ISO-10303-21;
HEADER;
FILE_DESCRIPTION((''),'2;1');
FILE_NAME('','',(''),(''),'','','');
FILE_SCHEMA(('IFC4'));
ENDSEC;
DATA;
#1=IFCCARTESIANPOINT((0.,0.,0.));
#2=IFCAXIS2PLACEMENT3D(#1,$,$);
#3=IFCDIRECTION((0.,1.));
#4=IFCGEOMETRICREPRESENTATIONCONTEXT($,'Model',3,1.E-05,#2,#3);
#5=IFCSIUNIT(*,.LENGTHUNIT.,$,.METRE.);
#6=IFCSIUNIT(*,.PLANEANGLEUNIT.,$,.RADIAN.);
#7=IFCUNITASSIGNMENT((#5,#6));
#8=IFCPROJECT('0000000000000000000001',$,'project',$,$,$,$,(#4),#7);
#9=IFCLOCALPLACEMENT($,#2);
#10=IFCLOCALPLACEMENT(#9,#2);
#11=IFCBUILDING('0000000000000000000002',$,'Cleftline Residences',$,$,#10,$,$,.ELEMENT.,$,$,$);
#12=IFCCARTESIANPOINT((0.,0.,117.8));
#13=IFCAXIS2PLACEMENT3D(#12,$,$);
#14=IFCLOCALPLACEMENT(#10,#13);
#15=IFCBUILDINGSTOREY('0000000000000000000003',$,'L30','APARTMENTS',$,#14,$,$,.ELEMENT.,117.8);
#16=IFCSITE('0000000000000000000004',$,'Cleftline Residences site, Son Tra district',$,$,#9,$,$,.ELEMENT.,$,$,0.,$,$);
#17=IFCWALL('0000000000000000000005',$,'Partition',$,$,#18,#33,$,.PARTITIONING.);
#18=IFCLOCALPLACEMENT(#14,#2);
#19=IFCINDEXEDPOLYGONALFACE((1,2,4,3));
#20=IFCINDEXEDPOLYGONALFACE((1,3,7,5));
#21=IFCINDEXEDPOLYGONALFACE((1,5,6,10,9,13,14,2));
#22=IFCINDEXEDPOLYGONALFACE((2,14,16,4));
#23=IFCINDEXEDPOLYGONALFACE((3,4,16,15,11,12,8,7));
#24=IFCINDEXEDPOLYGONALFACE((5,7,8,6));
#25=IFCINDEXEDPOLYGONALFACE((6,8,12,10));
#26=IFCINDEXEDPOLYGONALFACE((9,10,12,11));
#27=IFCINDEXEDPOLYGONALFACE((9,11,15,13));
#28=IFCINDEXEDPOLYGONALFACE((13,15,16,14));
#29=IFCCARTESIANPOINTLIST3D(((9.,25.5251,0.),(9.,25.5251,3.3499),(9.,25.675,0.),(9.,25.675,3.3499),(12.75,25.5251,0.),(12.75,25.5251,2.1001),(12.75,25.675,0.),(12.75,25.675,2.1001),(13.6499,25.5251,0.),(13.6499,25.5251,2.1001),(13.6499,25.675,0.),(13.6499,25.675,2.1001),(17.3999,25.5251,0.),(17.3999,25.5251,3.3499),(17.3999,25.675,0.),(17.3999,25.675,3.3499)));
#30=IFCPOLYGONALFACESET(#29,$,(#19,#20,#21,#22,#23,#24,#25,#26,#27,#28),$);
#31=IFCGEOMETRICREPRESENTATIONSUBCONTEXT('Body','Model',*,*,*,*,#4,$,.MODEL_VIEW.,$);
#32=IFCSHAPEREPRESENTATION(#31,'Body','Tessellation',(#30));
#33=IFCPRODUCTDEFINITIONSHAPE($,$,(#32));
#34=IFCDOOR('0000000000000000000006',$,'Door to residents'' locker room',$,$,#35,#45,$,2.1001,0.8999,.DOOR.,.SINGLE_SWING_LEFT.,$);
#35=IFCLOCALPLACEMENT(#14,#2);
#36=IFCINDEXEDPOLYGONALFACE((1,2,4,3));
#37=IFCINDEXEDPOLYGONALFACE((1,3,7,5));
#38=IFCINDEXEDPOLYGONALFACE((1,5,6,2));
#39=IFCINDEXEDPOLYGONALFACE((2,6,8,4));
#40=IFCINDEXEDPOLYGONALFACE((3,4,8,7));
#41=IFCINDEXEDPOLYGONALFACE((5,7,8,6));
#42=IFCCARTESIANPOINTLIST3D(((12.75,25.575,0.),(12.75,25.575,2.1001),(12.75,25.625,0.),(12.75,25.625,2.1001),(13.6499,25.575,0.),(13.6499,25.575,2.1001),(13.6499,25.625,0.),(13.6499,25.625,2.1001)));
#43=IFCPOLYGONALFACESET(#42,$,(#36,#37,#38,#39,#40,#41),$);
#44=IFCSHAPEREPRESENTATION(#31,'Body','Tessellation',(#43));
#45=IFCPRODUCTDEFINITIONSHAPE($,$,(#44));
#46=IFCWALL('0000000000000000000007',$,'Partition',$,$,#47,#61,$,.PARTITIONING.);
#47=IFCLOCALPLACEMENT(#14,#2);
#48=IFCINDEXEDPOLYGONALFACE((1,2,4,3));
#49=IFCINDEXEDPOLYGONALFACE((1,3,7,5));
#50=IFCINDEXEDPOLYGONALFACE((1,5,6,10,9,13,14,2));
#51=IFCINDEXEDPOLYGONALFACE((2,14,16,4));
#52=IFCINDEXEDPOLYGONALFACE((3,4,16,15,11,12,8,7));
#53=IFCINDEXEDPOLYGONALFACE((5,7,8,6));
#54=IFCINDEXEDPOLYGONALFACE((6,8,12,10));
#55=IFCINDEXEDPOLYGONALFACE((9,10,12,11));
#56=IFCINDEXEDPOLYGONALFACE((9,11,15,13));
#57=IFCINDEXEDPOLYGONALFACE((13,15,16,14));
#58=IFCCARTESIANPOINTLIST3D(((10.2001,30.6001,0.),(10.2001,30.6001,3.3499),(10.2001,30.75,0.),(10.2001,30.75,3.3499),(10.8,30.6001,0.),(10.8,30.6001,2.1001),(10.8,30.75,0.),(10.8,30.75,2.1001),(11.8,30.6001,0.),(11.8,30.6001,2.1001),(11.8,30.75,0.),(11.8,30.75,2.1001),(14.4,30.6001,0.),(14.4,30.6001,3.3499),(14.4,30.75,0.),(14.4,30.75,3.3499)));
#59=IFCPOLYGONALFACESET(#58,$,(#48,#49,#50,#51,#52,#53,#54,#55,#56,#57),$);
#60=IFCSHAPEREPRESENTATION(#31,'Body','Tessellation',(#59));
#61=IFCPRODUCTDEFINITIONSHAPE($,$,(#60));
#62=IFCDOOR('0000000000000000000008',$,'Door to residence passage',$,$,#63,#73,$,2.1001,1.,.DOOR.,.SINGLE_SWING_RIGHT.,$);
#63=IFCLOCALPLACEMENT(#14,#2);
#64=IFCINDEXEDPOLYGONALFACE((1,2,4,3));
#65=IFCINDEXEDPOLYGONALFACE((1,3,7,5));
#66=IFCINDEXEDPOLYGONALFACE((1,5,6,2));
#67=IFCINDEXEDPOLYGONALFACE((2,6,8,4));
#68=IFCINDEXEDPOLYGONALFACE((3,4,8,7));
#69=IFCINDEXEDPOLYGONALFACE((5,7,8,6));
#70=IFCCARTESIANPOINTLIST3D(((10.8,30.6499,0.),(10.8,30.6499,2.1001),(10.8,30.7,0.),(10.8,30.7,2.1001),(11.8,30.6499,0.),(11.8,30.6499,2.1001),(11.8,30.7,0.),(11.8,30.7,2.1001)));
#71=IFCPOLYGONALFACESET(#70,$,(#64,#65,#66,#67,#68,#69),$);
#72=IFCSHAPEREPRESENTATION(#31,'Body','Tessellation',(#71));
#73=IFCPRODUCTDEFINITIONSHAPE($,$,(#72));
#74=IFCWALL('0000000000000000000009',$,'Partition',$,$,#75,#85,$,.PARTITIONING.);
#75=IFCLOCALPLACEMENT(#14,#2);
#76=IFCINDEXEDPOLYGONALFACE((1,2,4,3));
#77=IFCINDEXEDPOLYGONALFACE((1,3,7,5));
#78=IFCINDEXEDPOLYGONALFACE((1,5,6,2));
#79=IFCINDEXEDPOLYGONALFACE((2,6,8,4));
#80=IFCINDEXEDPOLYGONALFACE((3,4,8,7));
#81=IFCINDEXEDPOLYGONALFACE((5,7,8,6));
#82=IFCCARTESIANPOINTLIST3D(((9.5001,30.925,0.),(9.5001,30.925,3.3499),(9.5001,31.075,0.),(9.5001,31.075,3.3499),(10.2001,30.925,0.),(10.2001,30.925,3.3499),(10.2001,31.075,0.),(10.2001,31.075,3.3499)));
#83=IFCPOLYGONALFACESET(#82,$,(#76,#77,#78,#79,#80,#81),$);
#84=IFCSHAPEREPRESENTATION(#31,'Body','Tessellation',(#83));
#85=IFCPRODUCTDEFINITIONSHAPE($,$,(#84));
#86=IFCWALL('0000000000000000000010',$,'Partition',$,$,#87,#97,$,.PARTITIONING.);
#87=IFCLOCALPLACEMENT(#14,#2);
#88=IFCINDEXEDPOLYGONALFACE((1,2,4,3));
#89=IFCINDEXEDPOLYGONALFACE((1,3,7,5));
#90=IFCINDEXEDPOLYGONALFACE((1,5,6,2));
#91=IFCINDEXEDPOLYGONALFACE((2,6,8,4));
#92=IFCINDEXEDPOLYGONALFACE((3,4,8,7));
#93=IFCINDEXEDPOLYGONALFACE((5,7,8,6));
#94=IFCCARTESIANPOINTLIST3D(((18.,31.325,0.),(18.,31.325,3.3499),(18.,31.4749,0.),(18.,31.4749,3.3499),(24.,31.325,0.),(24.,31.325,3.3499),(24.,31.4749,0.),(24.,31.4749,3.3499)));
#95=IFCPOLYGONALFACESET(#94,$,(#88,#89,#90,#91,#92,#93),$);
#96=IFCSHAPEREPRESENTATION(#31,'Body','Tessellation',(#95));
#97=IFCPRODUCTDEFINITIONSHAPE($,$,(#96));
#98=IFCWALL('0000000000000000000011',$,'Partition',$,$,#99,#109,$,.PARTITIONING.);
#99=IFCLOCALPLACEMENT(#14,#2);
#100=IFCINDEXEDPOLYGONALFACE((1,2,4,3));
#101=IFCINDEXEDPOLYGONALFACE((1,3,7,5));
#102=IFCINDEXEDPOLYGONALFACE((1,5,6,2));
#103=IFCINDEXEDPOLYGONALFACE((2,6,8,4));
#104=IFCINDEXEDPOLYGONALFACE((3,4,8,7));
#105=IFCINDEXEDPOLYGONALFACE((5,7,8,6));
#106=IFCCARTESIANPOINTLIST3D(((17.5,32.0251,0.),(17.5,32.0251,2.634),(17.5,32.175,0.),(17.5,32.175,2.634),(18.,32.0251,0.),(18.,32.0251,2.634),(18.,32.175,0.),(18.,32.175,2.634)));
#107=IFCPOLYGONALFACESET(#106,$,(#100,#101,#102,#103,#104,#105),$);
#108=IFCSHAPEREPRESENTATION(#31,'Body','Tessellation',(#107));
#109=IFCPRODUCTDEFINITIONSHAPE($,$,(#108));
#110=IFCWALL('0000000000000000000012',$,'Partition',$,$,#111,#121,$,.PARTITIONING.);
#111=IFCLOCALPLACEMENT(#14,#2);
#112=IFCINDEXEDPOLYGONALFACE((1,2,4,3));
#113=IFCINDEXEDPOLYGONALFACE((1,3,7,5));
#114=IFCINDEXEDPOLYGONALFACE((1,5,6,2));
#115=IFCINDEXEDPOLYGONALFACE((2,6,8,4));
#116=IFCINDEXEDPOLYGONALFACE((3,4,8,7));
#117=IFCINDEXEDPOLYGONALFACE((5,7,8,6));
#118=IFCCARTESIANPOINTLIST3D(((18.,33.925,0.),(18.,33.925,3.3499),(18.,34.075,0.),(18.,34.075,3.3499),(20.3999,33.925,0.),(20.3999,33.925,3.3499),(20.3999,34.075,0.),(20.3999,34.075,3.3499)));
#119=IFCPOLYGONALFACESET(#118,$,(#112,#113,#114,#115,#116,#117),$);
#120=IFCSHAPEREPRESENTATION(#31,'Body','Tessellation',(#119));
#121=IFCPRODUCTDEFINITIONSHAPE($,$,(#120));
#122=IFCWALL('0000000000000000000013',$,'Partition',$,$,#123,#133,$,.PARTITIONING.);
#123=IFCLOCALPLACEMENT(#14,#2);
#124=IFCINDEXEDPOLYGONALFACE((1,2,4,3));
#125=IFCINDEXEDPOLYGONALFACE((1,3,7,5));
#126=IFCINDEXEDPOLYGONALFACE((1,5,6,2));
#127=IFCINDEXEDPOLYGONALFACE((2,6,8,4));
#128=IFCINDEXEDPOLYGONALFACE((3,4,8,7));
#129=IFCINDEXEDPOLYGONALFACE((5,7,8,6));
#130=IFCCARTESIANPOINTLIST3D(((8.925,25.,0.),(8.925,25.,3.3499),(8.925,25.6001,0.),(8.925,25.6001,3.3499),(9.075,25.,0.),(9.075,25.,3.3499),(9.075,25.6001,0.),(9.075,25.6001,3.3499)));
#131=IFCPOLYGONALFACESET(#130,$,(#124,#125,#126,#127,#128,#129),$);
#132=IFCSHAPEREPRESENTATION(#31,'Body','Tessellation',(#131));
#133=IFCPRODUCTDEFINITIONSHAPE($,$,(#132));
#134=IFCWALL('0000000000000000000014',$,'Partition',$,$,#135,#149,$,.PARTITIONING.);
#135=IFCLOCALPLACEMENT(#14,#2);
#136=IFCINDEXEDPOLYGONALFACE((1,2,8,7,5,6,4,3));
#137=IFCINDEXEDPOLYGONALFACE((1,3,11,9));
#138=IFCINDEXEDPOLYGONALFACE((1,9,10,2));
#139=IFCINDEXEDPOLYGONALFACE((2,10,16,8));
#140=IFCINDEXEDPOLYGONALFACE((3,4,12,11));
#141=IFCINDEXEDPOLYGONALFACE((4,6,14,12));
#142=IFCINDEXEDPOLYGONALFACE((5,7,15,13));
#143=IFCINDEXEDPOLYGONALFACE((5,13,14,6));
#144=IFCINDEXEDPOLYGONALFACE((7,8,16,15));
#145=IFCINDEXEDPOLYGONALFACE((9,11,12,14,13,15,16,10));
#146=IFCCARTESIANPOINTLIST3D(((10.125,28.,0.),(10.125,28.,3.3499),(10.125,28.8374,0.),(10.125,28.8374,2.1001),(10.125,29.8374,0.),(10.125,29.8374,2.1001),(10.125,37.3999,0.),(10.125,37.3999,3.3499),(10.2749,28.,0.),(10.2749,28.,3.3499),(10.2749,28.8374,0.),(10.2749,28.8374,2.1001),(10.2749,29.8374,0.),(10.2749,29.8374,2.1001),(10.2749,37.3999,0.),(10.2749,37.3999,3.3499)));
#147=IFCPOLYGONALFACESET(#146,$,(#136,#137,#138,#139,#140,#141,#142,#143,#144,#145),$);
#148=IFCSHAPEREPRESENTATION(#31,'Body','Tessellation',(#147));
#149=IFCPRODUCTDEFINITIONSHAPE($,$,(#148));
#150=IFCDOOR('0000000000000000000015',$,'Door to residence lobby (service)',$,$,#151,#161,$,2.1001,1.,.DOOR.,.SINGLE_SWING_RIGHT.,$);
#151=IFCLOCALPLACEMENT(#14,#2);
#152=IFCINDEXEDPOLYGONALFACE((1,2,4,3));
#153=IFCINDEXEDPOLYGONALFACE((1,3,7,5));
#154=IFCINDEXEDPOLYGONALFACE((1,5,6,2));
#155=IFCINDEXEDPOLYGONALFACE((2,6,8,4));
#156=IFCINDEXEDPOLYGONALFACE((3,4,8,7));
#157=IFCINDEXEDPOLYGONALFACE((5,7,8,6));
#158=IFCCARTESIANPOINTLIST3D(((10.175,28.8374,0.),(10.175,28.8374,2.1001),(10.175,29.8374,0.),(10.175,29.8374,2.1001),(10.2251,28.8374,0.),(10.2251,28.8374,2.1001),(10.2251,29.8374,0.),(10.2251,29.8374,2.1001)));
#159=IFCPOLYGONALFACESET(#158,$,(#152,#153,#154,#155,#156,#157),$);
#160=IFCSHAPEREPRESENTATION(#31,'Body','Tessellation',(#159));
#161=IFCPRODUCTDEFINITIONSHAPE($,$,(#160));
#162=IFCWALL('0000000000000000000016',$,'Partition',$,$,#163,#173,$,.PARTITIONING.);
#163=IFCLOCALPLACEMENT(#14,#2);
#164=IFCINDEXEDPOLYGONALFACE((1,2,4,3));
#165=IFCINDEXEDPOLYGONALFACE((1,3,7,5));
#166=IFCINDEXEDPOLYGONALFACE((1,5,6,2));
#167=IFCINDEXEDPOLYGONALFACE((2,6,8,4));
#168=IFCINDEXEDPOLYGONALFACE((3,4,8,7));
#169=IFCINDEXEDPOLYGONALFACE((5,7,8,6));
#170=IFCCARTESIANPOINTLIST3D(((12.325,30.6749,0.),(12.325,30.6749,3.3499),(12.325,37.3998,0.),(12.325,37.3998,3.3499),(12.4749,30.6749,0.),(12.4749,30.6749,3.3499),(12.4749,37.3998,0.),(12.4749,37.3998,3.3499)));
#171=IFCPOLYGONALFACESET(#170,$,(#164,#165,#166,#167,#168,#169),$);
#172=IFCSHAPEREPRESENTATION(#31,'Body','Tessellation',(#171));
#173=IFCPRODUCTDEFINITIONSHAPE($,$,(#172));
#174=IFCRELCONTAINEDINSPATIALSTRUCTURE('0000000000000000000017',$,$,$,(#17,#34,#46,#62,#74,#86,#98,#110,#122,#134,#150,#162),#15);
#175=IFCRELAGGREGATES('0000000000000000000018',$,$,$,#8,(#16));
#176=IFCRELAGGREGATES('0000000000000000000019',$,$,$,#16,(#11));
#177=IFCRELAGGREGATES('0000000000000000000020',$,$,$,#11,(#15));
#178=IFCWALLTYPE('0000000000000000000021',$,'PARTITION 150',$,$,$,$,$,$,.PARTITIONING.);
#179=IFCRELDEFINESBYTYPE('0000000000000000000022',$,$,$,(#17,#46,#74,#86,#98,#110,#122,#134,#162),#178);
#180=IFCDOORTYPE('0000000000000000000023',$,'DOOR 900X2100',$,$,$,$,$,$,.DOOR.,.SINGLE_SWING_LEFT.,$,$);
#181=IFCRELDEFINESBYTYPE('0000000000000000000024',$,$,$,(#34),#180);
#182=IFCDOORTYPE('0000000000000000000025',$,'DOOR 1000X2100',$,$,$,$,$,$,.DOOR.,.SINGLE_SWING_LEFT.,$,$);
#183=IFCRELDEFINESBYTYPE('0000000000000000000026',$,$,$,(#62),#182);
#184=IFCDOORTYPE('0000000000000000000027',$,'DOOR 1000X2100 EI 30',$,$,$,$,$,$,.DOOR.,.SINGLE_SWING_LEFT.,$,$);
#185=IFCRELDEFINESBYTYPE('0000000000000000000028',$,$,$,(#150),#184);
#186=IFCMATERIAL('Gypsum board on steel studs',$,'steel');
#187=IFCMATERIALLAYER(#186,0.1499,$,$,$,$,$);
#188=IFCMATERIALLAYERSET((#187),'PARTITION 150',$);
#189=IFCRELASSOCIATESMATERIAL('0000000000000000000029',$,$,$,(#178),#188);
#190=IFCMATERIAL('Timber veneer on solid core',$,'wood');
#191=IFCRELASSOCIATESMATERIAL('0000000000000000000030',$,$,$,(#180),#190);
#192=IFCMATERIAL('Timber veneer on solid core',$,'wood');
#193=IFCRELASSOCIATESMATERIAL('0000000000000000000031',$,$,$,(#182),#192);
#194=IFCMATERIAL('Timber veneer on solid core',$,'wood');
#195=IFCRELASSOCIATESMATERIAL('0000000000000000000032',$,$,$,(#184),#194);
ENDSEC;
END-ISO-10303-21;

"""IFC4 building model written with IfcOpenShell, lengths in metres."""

from ifc_helpers import new_model, si_unit, direction, frame, frame_2d, origin, place, context, subcontext, project, spatial, rectangle, extrude, material, layer, layer_set, type_object, element, fill, save


model = new_model("IFC4")

# Units and contexts
model_context = context("Model", 3, precision=1e-05, world=origin(), true_north=direction((0.0, 1.0)))
body_context = subcontext(model_context, "Body", "Model", "MODEL_VIEW")
ifc_project = project(units=[si_unit("LENGTHUNIT", "METRE"), si_unit("PLANEANGLEUNIT", "RADIAN")], contexts=[model_context])

# Site, building, storey
site_placement = place(None, origin())
site = spatial("IfcSite", under=ifc_project, at=site_placement, Name="Cleftline Residences site, Son Tra district", CompositionType="ELEMENT", RefElevation=0.0)
building_placement = place(site_placement, origin())
building = spatial("IfcBuilding", under=site, at=building_placement, Name="Cleftline Residences", CompositionType="ELEMENT")
storey_placement = place(building_placement, frame((0.0, 0.0, 117.8)))
storey = spatial("IfcBuildingStorey", under=building, at=storey_placement, Name="L30", Description="APARTMENTS", CompositionType="ELEMENT", Elevation=117.8)

# Walls, openings, doors
ifc_material_1 = material(Name="Gypsum board on steel studs", Category="steel")
ifc_layer_1 = layer(ifc_material_1, 0.1499)
ifc_layer_set_1 = layer_set([ifc_layer_1], Name="PARTITION 150")
wall_type_1 = type_object("IfcWallType", Name="PARTITION 150", PredefinedType="PARTITIONING", material=ifc_layer_set_1)
wall_1_placement = place(storey_placement, frame((9.0, 25.6001, 0.0), z_axis=(0.0, 0.0, 1.0), x_axis=(1.0, 0.0, 0.0)))
wall_1 = element("IfcWall", 1, at=wall_1_placement, inside=storey, type_object=wall_type_1, Name="Partition", PredefinedType="PARTITIONING", context=body_context, shape_type="SweptSolid", body=[
    extrude(rectangle(XDim=8.3999, YDim=0.1499, at=frame_2d((4.2, 0.0))), origin(), (0.0, 0.0, 1.0), 3.3499),
])
opening_1_placement = place(wall_1_placement, frame((3.75, 0.0, 0.0)))
opening_1 = element("IfcOpeningElement", 2, at=opening_1_placement, cuts=wall_1, PredefinedType="OPENING", context=body_context, shape_type="SweptSolid", body=[
    extrude(rectangle(XDim=0.8999, YDim=2.1001, at=frame_2d((0.45, 1.05))), frame((0.0, 0.085, 0.0), z_axis=(0.0, -1.0, 0.0), x_axis=(1.0, 0.0, 0.0)), (0.0, 0.0, 1.0), 0.1699),
])
ifc_material_2 = material(Name="Timber veneer on solid core", Category="wood")
door_type_1 = type_object("IfcDoorType", Name="DOOR 900X2100", OperationType="SINGLE_SWING_LEFT", PredefinedType="DOOR", material=ifc_material_2)
door_1_placement = place(opening_1_placement, origin())
door_1 = element("IfcDoor", 3, at=door_1_placement, inside=storey, type_object=door_type_1, Name="Door to residents' locker room", OperationType="SINGLE_SWING_LEFT", OverallHeight=2.1001, OverallWidth=0.8999, PredefinedType="DOOR", context=body_context, shape_type="SweptSolid", body=[
    extrude(rectangle(XDim=0.8999, YDim=2.1001, at=frame_2d((0.45, 1.05))), frame((0.0, 0.0249, 0.0), z_axis=(0.0, -1.0, 0.0), x_axis=(1.0, 0.0, 0.0)), (0.0, 0.0, 1.0), 0.05),
])
fill(opening_1, door_1)
wall_2_placement = place(storey_placement, frame((10.2, 30.675, 0.0), z_axis=(0.0, 0.0, 1.0), x_axis=(1.0, 0.0, 0.0)))
wall_2 = element("IfcWall", 4, at=wall_2_placement, inside=storey, type_object=wall_type_1, Name="Partition", PredefinedType="PARTITIONING", context=body_context, shape_type="SweptSolid", body=[
    extrude(rectangle(XDim=4.2, YDim=0.1499, at=frame_2d((2.1001, 0.0))), origin(), (0.0, 0.0, 1.0), 3.3499),
])
opening_2_placement = place(wall_2_placement, frame((0.6001, 0.0, 0.0)))
opening_2 = element("IfcOpeningElement", 5, at=opening_2_placement, cuts=wall_2, PredefinedType="OPENING", context=body_context, shape_type="SweptSolid", body=[
    extrude(rectangle(XDim=1.0, YDim=2.1001, at=frame_2d((0.5, 1.05))), frame((0.0, 0.085, 0.0), z_axis=(0.0, -1.0, 0.0), x_axis=(1.0, 0.0, 0.0)), (0.0, 0.0, 1.0), 0.1699),
])
ifc_material_3 = material(Name="Timber veneer on solid core", Category="wood")
door_type_2 = type_object("IfcDoorType", Name="DOOR 1000X2100", OperationType="SINGLE_SWING_LEFT", PredefinedType="DOOR", material=ifc_material_3)
door_2_placement = place(opening_2_placement, origin())
door_2 = element("IfcDoor", 6, at=door_2_placement, inside=storey, type_object=door_type_2, Name="Door to residence passage", OperationType="SINGLE_SWING_RIGHT", OverallHeight=2.1001, OverallWidth=1.0, PredefinedType="DOOR", context=body_context, shape_type="SweptSolid", body=[
    extrude(rectangle(XDim=1.0, YDim=2.1001, at=frame_2d((0.5, 1.05))), frame((0.0, 0.0249, 0.0), z_axis=(0.0, -1.0, 0.0), x_axis=(1.0, 0.0, 0.0)), (0.0, 0.0, 1.0), 0.05),
])
fill(opening_2, door_2)

# Walls
wall_3_placement = place(storey_placement, frame((9.5, 31.0, 0.0), z_axis=(0.0, 0.0, 1.0), x_axis=(1.0, 0.0, 0.0)))
element("IfcWall", 7, at=wall_3_placement, inside=storey, type_object=wall_type_1, Name="Partition", PredefinedType="PARTITIONING", context=body_context, shape_type="SweptSolid", body=[
    extrude(rectangle(XDim=0.7, YDim=0.1499, at=frame_2d((0.3501, 0.0))), origin(), (0.0, 0.0, 1.0), 3.3499),
])
wall_4_placement = place(storey_placement, frame((18.0, 31.3999, 0.0), z_axis=(0.0, 0.0, 1.0), x_axis=(1.0, 0.0, 0.0)))
element("IfcWall", 8, at=wall_4_placement, inside=storey, type_object=wall_type_1, Name="Partition", PredefinedType="PARTITIONING", context=body_context, shape_type="SweptSolid", body=[
    extrude(rectangle(XDim=6.0, YDim=0.1499, at=frame_2d((3.0, 0.0))), origin(), (0.0, 0.0, 1.0), 3.3499),
])
wall_5_placement = place(storey_placement, frame((17.5, 32.1001, 0.0), z_axis=(0.0, 0.0, 1.0), x_axis=(1.0, 0.0, 0.0)))
element("IfcWall", 9, at=wall_5_placement, inside=storey, type_object=wall_type_1, Name="Partition", PredefinedType="PARTITIONING", context=body_context, shape_type="SweptSolid", body=[
    extrude(rectangle(XDim=0.5, YDim=0.1499, at=frame_2d((0.25, 0.0))), origin(), (0.0, 0.0, 1.0), 2.634),
])
wall_6_placement = place(storey_placement, frame((18.0, 34.0, 0.0), z_axis=(0.0, 0.0, 1.0), x_axis=(1.0, 0.0, 0.0)))
element("IfcWall", 10, at=wall_6_placement, inside=storey, type_object=wall_type_1, Name="Partition", PredefinedType="PARTITIONING", context=body_context, shape_type="SweptSolid", body=[
    extrude(rectangle(XDim=2.3999, YDim=0.1499, at=frame_2d((1.2, 0.0))), origin(), (0.0, 0.0, 1.0), 3.3499),
])
wall_7_placement = place(storey_placement, frame((9.0, 25.0, 0.0), z_axis=(0.0, 0.0, 1.0), x_axis=(0.0, 1.0, 0.0)))
element("IfcWall", 11, at=wall_7_placement, inside=storey, type_object=wall_type_1, Name="Partition", PredefinedType="PARTITIONING", context=body_context, shape_type="SweptSolid", body=[
    extrude(rectangle(XDim=0.6001, YDim=0.1499, at=frame_2d((0.3, 0.0))), origin(), (0.0, 0.0, 1.0), 3.3499),
])

# Wall, opening, door
wall_8_placement = place(storey_placement, frame((10.2, 28.0, 0.0), z_axis=(0.0, 0.0, 1.0), x_axis=(0.0, 1.0, 0.0)))
wall_8 = element("IfcWall", 12, at=wall_8_placement, inside=storey, type_object=wall_type_1, Name="Partition", PredefinedType="PARTITIONING", context=body_context, shape_type="SweptSolid", body=[
    extrude(rectangle(XDim=9.3999, YDim=0.1499, at=frame_2d((4.7, 0.0))), origin(), (0.0, 0.0, 1.0), 3.3499),
])
opening_3_placement = place(wall_8_placement, frame((0.8374, 0.0, 0.0)))
opening_3 = element("IfcOpeningElement", 13, at=opening_3_placement, cuts=wall_8, PredefinedType="OPENING", context=body_context, shape_type="SweptSolid", body=[
    extrude(rectangle(XDim=1.0, YDim=2.1001, at=frame_2d((0.5, 1.05))), frame((0.0, 0.085, 0.0), z_axis=(0.0, -1.0, 0.0), x_axis=(1.0, 0.0, 0.0)), (0.0, 0.0, 1.0), 0.1699),
])
ifc_material_4 = material(Name="Timber veneer on solid core", Category="wood")
door_type_3 = type_object("IfcDoorType", Name="DOOR 1000X2100 EI 30", OperationType="SINGLE_SWING_LEFT", PredefinedType="DOOR", material=ifc_material_4)
door_3_placement = place(opening_3_placement, origin())
door_3 = element("IfcDoor", 14, at=door_3_placement, inside=storey, type_object=door_type_3, Name="Door to residence lobby (service)", OperationType="SINGLE_SWING_RIGHT", OverallHeight=2.1001, OverallWidth=1.0, PredefinedType="DOOR", context=body_context, shape_type="SweptSolid", body=[
    extrude(rectangle(XDim=1.0, YDim=2.1001, at=frame_2d((0.5, 1.05))), frame((0.0, 0.0249, 0.0), z_axis=(0.0, -1.0, 0.0), x_axis=(1.0, 0.0, 0.0)), (0.0, 0.0, 1.0), 0.05),
])
fill(opening_3, door_3)

# Wall
wall_9_placement = place(storey_placement, frame((12.3999, 30.675, 0.0), z_axis=(0.0, 0.0, 1.0), x_axis=(0.0, 1.0, 0.0)))
element("IfcWall", 15, at=wall_9_placement, inside=storey, type_object=wall_type_1, Name="Partition", PredefinedType="PARTITIONING", context=body_context, shape_type="SweptSolid", body=[
    extrude(rectangle(XDim=6.7249, YDim=0.1499, at=frame_2d((3.3623, 0.0))), origin(), (0.0, 0.0, 1.0), 3.3499),
])

save(model, "model.ifc")
